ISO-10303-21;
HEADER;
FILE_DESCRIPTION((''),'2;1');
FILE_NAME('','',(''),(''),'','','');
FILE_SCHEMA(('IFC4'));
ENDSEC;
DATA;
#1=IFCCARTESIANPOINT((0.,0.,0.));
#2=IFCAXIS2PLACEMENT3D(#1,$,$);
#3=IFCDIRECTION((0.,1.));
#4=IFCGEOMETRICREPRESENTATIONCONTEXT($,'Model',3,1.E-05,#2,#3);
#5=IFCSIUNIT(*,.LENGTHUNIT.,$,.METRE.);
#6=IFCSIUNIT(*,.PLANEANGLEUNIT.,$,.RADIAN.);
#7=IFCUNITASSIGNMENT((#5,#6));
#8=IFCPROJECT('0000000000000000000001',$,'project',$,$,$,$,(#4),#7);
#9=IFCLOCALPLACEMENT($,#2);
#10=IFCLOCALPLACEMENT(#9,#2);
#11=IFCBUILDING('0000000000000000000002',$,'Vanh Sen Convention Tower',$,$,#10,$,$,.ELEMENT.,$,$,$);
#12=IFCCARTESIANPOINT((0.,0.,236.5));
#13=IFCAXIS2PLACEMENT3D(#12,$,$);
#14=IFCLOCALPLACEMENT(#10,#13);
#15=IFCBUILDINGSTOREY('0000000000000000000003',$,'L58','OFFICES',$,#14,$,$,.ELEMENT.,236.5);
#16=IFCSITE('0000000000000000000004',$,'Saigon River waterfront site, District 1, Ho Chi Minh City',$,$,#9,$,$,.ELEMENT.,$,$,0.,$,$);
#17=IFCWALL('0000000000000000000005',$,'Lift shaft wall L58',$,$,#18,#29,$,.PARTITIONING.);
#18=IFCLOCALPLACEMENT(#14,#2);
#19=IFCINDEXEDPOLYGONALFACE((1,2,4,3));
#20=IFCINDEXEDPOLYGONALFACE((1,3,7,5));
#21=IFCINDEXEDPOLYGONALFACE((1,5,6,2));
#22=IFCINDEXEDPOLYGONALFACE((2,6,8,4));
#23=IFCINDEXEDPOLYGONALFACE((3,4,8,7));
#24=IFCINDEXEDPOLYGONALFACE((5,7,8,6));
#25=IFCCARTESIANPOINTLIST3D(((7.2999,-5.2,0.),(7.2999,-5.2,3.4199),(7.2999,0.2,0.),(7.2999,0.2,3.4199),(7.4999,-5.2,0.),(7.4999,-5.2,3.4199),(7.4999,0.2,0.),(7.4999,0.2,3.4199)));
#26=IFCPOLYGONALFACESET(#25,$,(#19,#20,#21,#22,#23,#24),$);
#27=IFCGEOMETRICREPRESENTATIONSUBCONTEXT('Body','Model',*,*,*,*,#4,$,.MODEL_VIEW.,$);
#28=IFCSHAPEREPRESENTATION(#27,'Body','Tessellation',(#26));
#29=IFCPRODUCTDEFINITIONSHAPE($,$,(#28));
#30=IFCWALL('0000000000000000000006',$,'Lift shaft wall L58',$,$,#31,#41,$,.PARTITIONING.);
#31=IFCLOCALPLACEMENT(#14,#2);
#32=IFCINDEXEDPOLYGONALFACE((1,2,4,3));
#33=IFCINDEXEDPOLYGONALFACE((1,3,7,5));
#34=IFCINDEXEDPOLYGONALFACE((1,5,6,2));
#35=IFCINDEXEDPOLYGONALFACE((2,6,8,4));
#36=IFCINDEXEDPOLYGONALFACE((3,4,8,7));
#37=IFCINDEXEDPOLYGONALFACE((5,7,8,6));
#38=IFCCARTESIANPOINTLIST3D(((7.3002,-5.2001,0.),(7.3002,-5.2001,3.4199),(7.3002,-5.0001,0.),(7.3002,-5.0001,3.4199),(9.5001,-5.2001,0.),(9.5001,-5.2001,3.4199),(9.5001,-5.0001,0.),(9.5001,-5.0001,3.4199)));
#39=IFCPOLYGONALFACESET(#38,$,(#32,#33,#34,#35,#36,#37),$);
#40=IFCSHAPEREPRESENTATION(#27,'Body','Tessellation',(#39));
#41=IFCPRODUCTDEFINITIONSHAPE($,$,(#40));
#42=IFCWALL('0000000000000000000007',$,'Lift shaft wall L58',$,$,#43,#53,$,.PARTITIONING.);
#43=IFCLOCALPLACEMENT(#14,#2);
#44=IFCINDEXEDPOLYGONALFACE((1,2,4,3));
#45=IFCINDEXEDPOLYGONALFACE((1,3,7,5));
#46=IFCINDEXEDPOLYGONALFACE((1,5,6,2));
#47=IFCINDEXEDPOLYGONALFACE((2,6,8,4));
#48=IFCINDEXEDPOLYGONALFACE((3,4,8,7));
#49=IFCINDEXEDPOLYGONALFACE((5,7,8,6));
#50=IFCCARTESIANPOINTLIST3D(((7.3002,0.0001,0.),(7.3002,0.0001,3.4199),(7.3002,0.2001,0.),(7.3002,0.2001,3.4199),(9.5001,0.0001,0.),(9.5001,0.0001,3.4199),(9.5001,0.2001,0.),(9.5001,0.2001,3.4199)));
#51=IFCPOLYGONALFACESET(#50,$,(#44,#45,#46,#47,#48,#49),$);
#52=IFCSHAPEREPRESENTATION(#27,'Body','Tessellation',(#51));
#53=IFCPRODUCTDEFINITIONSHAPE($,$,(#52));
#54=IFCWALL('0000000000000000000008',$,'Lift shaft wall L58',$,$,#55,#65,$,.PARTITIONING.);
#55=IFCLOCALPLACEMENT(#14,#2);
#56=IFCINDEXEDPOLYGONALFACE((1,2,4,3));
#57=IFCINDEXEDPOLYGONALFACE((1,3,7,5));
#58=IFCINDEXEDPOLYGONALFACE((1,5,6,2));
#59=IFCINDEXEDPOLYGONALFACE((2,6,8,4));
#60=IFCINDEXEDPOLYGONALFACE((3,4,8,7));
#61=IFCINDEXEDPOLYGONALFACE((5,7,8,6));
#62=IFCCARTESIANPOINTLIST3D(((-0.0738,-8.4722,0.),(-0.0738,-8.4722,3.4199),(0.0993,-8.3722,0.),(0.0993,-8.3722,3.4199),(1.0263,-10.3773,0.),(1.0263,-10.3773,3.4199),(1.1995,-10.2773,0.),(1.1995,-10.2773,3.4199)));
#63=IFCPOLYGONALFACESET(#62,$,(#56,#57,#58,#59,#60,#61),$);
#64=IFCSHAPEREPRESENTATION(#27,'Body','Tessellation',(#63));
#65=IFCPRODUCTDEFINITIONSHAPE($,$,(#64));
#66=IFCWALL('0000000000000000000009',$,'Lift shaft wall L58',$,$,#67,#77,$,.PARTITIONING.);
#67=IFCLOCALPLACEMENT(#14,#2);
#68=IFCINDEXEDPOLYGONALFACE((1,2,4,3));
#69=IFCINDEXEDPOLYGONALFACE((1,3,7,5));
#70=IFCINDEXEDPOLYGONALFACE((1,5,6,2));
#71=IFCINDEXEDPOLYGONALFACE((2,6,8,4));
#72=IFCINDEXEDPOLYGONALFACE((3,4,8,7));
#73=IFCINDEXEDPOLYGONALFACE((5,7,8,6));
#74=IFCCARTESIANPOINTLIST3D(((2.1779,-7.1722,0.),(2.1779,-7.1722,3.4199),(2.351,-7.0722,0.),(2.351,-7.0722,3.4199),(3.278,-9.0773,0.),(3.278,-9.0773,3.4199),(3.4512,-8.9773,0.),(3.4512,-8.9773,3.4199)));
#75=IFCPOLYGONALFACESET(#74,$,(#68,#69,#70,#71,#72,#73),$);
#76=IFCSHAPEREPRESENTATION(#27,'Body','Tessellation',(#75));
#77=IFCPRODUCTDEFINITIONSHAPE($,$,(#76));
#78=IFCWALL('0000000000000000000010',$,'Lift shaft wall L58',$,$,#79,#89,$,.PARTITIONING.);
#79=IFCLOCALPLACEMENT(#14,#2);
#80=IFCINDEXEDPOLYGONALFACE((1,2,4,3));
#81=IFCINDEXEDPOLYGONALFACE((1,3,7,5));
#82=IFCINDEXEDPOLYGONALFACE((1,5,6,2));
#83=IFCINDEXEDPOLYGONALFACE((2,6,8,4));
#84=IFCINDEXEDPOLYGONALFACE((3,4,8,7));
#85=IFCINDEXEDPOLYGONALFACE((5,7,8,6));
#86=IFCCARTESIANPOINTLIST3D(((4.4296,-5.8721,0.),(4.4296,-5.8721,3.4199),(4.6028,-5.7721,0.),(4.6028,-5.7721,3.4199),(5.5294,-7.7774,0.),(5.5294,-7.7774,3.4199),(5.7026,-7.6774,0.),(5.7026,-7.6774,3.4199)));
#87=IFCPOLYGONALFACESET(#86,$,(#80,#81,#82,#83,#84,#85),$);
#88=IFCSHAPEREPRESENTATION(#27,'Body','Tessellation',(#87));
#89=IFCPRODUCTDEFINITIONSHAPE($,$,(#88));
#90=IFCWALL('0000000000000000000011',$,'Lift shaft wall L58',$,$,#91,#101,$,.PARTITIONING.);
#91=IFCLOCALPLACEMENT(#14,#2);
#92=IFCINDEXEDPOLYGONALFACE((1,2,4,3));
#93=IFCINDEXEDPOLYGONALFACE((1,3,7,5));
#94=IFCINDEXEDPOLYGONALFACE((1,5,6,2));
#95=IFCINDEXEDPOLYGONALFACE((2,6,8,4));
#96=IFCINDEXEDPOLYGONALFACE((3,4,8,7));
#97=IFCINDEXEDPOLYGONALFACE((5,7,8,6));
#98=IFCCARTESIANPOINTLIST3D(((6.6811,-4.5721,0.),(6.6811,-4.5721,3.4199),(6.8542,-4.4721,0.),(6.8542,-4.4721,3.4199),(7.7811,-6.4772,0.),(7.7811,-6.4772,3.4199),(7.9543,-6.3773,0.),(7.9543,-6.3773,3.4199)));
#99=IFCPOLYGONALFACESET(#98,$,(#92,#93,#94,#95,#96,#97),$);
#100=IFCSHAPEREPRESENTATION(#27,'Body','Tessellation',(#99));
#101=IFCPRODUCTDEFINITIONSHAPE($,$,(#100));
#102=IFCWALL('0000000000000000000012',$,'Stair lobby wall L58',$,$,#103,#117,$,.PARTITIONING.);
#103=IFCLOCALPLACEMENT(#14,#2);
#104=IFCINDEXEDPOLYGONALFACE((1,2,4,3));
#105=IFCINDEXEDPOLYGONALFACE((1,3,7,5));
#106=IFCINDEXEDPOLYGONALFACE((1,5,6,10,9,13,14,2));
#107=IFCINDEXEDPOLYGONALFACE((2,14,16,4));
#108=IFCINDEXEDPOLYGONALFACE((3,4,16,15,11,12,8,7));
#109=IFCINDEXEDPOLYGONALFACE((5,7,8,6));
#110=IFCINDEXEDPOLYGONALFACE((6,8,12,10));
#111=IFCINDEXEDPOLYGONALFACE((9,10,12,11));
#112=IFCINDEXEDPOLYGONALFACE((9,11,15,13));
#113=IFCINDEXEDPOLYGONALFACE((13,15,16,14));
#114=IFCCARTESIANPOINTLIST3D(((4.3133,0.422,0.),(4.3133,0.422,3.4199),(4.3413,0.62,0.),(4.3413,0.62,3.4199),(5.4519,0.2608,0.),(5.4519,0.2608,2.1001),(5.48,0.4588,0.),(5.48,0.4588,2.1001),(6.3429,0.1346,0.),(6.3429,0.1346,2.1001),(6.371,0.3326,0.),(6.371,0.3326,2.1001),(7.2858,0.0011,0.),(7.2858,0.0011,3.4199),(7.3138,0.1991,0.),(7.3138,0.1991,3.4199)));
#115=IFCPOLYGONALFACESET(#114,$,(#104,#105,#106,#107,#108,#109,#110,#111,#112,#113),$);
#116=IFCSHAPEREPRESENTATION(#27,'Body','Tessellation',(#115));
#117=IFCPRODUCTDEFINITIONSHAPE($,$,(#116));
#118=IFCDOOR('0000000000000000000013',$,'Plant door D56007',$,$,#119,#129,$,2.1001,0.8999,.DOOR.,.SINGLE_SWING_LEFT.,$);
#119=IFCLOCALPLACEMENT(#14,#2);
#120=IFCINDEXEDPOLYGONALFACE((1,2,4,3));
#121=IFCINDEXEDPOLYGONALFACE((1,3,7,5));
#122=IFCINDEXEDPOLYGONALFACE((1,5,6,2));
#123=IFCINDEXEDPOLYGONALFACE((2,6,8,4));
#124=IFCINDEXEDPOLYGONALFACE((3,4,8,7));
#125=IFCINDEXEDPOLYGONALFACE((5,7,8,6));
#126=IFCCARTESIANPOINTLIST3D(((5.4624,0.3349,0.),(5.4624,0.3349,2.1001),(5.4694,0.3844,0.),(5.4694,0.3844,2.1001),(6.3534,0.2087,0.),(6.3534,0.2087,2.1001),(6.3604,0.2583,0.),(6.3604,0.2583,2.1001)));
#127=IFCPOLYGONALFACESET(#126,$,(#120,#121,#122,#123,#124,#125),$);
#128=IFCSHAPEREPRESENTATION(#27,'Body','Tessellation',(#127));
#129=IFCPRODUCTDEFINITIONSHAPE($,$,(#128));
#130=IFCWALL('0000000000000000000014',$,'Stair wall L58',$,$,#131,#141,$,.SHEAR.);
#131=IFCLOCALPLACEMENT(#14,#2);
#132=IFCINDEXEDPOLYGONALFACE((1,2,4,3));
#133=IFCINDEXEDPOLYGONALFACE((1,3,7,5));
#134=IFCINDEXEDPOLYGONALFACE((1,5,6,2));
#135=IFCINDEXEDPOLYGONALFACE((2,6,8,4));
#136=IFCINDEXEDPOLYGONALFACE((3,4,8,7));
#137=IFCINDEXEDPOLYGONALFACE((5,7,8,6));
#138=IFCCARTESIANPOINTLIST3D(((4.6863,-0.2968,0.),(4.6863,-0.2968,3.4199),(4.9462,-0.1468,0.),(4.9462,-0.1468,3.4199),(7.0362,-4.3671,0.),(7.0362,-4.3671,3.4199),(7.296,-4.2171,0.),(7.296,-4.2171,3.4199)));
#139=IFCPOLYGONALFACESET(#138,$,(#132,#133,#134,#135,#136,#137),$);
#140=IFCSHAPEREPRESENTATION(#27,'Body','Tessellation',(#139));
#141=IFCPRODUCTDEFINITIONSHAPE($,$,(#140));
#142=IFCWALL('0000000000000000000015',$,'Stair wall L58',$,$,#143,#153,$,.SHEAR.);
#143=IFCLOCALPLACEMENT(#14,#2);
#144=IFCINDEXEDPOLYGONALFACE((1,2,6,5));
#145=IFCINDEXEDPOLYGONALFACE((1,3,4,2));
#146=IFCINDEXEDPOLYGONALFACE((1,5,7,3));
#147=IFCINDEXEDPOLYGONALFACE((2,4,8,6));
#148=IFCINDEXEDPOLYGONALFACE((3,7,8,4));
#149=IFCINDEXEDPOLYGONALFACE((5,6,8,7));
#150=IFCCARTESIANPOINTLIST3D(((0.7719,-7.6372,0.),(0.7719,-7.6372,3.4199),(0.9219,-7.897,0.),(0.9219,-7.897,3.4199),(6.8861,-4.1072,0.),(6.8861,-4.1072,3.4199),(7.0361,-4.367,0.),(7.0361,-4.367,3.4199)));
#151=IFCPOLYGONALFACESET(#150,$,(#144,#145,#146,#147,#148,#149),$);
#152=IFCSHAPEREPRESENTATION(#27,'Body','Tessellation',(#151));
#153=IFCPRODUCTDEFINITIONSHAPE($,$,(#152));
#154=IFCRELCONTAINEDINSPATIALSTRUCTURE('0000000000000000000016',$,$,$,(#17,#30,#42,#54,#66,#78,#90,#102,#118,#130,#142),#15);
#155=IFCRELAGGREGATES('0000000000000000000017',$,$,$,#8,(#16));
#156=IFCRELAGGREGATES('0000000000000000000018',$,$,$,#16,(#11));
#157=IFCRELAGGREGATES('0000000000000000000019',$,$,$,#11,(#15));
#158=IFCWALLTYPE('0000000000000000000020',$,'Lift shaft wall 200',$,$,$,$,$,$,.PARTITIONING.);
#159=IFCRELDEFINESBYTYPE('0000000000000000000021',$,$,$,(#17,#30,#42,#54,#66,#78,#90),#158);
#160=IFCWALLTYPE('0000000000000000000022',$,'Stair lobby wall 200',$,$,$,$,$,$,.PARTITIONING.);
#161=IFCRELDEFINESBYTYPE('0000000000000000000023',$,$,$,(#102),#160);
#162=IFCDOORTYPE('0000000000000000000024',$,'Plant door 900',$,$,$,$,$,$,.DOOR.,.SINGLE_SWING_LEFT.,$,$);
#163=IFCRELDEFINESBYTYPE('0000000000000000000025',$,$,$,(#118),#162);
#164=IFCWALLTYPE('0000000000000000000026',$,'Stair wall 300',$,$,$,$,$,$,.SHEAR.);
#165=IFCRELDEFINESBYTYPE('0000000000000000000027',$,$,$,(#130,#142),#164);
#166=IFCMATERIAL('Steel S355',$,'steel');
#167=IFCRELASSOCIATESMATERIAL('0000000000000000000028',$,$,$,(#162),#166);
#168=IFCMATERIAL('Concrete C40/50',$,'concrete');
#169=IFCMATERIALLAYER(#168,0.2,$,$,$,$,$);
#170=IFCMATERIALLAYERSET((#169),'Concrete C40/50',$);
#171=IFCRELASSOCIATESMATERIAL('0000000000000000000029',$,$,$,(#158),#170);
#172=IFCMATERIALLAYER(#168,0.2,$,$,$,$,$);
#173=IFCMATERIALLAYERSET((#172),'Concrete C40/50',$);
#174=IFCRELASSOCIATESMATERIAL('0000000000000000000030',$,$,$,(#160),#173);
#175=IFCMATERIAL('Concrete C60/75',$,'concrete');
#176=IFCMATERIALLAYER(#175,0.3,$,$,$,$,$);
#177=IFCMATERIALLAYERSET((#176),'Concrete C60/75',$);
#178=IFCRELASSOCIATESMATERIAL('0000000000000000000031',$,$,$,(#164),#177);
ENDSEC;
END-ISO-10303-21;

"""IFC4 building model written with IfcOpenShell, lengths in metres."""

from ifc_helpers import new_model, si_unit, direction, frame, frame_2d, origin, place, context, subcontext, project, spatial, rectangle, extrude, material, layer, layer_set, type_object, element, fill, save


model = new_model("IFC4")

# Units and contexts
model_context = context("Model", 3, precision=1e-05, world=origin(), true_north=direction((0.0, 1.0)))
body_context = subcontext(model_context, "Body", "Model", "MODEL_VIEW")
ifc_project = project(units=[si_unit("LENGTHUNIT", "METRE"), si_unit("PLANEANGLEUNIT", "RADIAN")], contexts=[model_context])

# Site, building, storey
site_placement = place(None, origin())
site = spatial("IfcSite", under=ifc_project, at=site_placement, Name="Saigon River waterfront site, District 1, Ho Chi Minh City", CompositionType="ELEMENT", RefElevation=0.0)
building_placement = place(site_placement, origin())
building = spatial("IfcBuilding", under=site, at=building_placement, Name="Vanh Sen Convention Tower", CompositionType="ELEMENT")
storey_placement = place(building_placement, frame((0.0, 0.0, 236.5)))
storey = spatial("IfcBuildingStorey", under=building, at=storey_placement, Name="L58", Description="OFFICES", CompositionType="ELEMENT", Elevation=236.5)

# Shared definitions
ifc_material_1 = material(Name="Concrete C40/50", Category="concrete")

# Shared definitions
ifc_material_2 = material(Name="Concrete C60/75", Category="concrete")
ifc_material_3 = material(Name="Steel S355", Category="steel")
door_type_1 = type_object("IfcDoorType", Name="Plant door 900", OperationType="SINGLE_SWING_LEFT", PredefinedType="DOOR", material=ifc_material_3)

# Walls
ifc_layer_1 = layer(ifc_material_1, 0.2)
ifc_layer_set_1 = layer_set([ifc_layer_1], Name="Concrete C40/50")
wall_type_1 = type_object("IfcWallType", Name="Lift shaft wall 200", PredefinedType="PARTITIONING", material=ifc_layer_set_1)
wall_1_placement = place(storey_placement, frame((7.3999, -5.2, 0.0), z_axis=(0.0, 0.0, 1.0), x_axis=(0.0, 1.0, 0.0)))
element("IfcWall", 1, at=wall_1_placement, inside=storey, type_object=wall_type_1, Name="Lift shaft wall L58", PredefinedType="PARTITIONING", context=body_context, shape_type="SweptSolid", body=[
    extrude(rectangle(XDim=5.3999, YDim=0.2, at=frame_2d((2.7, 0.0))), origin(), (0.0, 0.0, 1.0), 3.4199),
])
for number, where, z_axis, x_axis, name in (
    (2, (7.3, -5.1001, 0.0), (0.0, 0.0, 1.0), (1.0, 0.0, 0.0), "Lift shaft wall L58"),
    (3, (7.3, 0.1001, 0.0), (0.0, 0.0, 1.0), (1.0, 0.0, 0.0), "Lift shaft wall L58"),
    (4, (0.0127, -8.4221, 0.0), (0.0, 0.0, 1.0), (0.500078, -0.86598, 0.0), "Lift shaft wall L58"),
    (5, (2.2644, -7.1221, 0.0), (0.0, 0.0, 1.0), (0.500078, -0.86598, 0.0), "Lift shaft wall L58"),
    (6, (4.5161, -5.822, 0.0), (0.0, 0.0, 1.0), (0.499947, -0.866056, 0.0), "Lift shaft wall L58"),
    (7, (6.7676, -4.522, 0.0), (0.0, 0.0, 1.0), (0.50003, -0.866008, 0.0), "Lift shaft wall L58"),
):
    element("IfcWall", number, at=place(storey_placement, frame(where, z_axis=z_axis, x_axis=x_axis)), inside=storey, type_object=wall_type_1, Name=name, PredefinedType="PARTITIONING", context=body_context, shape_type="SweptSolid", body=[
        extrude(rectangle(XDim=2.2, YDim=0.2, at=frame_2d((1.1001, 0.0))), origin(), (0.0, 0.0, 1.0), 3.4199),
    ])

# Wall, opening, door
ifc_layer_2 = layer(ifc_material_1, 0.2)
ifc_layer_set_2 = layer_set([ifc_layer_2], Name="Concrete C40/50")
wall_type_2 = type_object("IfcWallType", Name="Stair lobby wall 200", PredefinedType="PARTITIONING", material=ifc_layer_set_2)
wall_2_placement = place(storey_placement, frame((4.3274, 0.521, 0.0), z_axis=(0.0, 0.0, 1.0), x_axis=(0.990124, -0.140192, 0.0)))
wall_2 = element("IfcWall", 8, at=wall_2_placement, inside=storey, type_object=wall_type_2, Name="Stair lobby wall L58", PredefinedType="PARTITIONING", context=body_context, shape_type="SweptSolid", body=[
    extrude(rectangle(XDim=3.0022, YDim=0.2, at=frame_2d((1.501, 0.0))), origin(), (0.0, 0.0, 1.0), 3.4199),
])
opening_1_placement = place(wall_2_placement, frame((1.1499, 0.0, 0.0)))
opening_1 = element("IfcOpeningElement", 9, at=opening_1_placement, cuts=wall_2, PredefinedType="OPENING", context=body_context, shape_type="SweptSolid", body=[
    extrude(rectangle(XDim=0.8999, YDim=2.1001, at=frame_2d((0.45, 1.05))), frame((0.0, 0.1099, 0.0), z_axis=(0.0, -1.0, 0.0), x_axis=(1.0, 0.0, 0.0)), (0.0, 0.0, 1.0), 0.22),
])
door_1_placement = place(opening_1_placement, origin())
door_1 = element("IfcDoor", 10, at=door_1_placement, inside=storey, type_object=door_type_1, Name="Plant door D56007", OperationType="SINGLE_SWING_LEFT", OverallHeight=2.1001, OverallWidth=0.8999, PredefinedType="DOOR", context=body_context, shape_type="SweptSolid", body=[
    extrude(rectangle(XDim=0.8999, YDim=2.1001, at=frame_2d((0.45, 1.05))), frame((0.0, 0.0249, 0.0), z_axis=(0.0, -1.0, 0.0), x_axis=(1.0, 0.0, 0.0)), (0.0, 0.0, 1.0), 0.05),
])
fill(opening_1, door_1)

# Walls
ifc_layer_3 = layer(ifc_material_2, 0.3)
ifc_layer_set_3 = layer_set([ifc_layer_3], Name="Concrete C60/75")
wall_type_3 = type_object("IfcWallType", Name="Stair wall 300", PredefinedType="SHEAR", material=ifc_layer_set_3)
wall_3_placement = place(storey_placement, frame((4.8162, -0.2217, 0.0), z_axis=(0.0, 0.0, 1.0), x_axis=(0.499977, -0.866039, 0.0)))
element("IfcWall", 11, at=wall_3_placement, inside=storey, type_object=wall_type_3, Name="Stair wall L58", PredefinedType="SHEAR", context=body_context, shape_type="SweptSolid", body=[
    extrude(rectangle(XDim=4.7, YDim=0.3, at=frame_2d((2.3501, 0.0))), origin(), (0.0, 0.0, 1.0), 3.4199),
])
wall_4_placement = place(storey_placement, frame((0.8469, -7.7671, 0.0), z_axis=(0.0, 0.0, 1.0), x_axis=(0.866028, 0.499996, 0.0)))
element("IfcWall", 12, at=wall_4_placement, inside=storey, type_object=wall_type_3, Name="Stair wall L58", PredefinedType="SHEAR", context=body_context, shape_type="SweptSolid", body=[
    extrude(rectangle(XDim=7.0601, YDim=0.3, at=frame_2d((3.53, 0.0))), origin(), (0.0, 0.0, 1.0), 3.4199),
])

save(model, "model.ifc")
